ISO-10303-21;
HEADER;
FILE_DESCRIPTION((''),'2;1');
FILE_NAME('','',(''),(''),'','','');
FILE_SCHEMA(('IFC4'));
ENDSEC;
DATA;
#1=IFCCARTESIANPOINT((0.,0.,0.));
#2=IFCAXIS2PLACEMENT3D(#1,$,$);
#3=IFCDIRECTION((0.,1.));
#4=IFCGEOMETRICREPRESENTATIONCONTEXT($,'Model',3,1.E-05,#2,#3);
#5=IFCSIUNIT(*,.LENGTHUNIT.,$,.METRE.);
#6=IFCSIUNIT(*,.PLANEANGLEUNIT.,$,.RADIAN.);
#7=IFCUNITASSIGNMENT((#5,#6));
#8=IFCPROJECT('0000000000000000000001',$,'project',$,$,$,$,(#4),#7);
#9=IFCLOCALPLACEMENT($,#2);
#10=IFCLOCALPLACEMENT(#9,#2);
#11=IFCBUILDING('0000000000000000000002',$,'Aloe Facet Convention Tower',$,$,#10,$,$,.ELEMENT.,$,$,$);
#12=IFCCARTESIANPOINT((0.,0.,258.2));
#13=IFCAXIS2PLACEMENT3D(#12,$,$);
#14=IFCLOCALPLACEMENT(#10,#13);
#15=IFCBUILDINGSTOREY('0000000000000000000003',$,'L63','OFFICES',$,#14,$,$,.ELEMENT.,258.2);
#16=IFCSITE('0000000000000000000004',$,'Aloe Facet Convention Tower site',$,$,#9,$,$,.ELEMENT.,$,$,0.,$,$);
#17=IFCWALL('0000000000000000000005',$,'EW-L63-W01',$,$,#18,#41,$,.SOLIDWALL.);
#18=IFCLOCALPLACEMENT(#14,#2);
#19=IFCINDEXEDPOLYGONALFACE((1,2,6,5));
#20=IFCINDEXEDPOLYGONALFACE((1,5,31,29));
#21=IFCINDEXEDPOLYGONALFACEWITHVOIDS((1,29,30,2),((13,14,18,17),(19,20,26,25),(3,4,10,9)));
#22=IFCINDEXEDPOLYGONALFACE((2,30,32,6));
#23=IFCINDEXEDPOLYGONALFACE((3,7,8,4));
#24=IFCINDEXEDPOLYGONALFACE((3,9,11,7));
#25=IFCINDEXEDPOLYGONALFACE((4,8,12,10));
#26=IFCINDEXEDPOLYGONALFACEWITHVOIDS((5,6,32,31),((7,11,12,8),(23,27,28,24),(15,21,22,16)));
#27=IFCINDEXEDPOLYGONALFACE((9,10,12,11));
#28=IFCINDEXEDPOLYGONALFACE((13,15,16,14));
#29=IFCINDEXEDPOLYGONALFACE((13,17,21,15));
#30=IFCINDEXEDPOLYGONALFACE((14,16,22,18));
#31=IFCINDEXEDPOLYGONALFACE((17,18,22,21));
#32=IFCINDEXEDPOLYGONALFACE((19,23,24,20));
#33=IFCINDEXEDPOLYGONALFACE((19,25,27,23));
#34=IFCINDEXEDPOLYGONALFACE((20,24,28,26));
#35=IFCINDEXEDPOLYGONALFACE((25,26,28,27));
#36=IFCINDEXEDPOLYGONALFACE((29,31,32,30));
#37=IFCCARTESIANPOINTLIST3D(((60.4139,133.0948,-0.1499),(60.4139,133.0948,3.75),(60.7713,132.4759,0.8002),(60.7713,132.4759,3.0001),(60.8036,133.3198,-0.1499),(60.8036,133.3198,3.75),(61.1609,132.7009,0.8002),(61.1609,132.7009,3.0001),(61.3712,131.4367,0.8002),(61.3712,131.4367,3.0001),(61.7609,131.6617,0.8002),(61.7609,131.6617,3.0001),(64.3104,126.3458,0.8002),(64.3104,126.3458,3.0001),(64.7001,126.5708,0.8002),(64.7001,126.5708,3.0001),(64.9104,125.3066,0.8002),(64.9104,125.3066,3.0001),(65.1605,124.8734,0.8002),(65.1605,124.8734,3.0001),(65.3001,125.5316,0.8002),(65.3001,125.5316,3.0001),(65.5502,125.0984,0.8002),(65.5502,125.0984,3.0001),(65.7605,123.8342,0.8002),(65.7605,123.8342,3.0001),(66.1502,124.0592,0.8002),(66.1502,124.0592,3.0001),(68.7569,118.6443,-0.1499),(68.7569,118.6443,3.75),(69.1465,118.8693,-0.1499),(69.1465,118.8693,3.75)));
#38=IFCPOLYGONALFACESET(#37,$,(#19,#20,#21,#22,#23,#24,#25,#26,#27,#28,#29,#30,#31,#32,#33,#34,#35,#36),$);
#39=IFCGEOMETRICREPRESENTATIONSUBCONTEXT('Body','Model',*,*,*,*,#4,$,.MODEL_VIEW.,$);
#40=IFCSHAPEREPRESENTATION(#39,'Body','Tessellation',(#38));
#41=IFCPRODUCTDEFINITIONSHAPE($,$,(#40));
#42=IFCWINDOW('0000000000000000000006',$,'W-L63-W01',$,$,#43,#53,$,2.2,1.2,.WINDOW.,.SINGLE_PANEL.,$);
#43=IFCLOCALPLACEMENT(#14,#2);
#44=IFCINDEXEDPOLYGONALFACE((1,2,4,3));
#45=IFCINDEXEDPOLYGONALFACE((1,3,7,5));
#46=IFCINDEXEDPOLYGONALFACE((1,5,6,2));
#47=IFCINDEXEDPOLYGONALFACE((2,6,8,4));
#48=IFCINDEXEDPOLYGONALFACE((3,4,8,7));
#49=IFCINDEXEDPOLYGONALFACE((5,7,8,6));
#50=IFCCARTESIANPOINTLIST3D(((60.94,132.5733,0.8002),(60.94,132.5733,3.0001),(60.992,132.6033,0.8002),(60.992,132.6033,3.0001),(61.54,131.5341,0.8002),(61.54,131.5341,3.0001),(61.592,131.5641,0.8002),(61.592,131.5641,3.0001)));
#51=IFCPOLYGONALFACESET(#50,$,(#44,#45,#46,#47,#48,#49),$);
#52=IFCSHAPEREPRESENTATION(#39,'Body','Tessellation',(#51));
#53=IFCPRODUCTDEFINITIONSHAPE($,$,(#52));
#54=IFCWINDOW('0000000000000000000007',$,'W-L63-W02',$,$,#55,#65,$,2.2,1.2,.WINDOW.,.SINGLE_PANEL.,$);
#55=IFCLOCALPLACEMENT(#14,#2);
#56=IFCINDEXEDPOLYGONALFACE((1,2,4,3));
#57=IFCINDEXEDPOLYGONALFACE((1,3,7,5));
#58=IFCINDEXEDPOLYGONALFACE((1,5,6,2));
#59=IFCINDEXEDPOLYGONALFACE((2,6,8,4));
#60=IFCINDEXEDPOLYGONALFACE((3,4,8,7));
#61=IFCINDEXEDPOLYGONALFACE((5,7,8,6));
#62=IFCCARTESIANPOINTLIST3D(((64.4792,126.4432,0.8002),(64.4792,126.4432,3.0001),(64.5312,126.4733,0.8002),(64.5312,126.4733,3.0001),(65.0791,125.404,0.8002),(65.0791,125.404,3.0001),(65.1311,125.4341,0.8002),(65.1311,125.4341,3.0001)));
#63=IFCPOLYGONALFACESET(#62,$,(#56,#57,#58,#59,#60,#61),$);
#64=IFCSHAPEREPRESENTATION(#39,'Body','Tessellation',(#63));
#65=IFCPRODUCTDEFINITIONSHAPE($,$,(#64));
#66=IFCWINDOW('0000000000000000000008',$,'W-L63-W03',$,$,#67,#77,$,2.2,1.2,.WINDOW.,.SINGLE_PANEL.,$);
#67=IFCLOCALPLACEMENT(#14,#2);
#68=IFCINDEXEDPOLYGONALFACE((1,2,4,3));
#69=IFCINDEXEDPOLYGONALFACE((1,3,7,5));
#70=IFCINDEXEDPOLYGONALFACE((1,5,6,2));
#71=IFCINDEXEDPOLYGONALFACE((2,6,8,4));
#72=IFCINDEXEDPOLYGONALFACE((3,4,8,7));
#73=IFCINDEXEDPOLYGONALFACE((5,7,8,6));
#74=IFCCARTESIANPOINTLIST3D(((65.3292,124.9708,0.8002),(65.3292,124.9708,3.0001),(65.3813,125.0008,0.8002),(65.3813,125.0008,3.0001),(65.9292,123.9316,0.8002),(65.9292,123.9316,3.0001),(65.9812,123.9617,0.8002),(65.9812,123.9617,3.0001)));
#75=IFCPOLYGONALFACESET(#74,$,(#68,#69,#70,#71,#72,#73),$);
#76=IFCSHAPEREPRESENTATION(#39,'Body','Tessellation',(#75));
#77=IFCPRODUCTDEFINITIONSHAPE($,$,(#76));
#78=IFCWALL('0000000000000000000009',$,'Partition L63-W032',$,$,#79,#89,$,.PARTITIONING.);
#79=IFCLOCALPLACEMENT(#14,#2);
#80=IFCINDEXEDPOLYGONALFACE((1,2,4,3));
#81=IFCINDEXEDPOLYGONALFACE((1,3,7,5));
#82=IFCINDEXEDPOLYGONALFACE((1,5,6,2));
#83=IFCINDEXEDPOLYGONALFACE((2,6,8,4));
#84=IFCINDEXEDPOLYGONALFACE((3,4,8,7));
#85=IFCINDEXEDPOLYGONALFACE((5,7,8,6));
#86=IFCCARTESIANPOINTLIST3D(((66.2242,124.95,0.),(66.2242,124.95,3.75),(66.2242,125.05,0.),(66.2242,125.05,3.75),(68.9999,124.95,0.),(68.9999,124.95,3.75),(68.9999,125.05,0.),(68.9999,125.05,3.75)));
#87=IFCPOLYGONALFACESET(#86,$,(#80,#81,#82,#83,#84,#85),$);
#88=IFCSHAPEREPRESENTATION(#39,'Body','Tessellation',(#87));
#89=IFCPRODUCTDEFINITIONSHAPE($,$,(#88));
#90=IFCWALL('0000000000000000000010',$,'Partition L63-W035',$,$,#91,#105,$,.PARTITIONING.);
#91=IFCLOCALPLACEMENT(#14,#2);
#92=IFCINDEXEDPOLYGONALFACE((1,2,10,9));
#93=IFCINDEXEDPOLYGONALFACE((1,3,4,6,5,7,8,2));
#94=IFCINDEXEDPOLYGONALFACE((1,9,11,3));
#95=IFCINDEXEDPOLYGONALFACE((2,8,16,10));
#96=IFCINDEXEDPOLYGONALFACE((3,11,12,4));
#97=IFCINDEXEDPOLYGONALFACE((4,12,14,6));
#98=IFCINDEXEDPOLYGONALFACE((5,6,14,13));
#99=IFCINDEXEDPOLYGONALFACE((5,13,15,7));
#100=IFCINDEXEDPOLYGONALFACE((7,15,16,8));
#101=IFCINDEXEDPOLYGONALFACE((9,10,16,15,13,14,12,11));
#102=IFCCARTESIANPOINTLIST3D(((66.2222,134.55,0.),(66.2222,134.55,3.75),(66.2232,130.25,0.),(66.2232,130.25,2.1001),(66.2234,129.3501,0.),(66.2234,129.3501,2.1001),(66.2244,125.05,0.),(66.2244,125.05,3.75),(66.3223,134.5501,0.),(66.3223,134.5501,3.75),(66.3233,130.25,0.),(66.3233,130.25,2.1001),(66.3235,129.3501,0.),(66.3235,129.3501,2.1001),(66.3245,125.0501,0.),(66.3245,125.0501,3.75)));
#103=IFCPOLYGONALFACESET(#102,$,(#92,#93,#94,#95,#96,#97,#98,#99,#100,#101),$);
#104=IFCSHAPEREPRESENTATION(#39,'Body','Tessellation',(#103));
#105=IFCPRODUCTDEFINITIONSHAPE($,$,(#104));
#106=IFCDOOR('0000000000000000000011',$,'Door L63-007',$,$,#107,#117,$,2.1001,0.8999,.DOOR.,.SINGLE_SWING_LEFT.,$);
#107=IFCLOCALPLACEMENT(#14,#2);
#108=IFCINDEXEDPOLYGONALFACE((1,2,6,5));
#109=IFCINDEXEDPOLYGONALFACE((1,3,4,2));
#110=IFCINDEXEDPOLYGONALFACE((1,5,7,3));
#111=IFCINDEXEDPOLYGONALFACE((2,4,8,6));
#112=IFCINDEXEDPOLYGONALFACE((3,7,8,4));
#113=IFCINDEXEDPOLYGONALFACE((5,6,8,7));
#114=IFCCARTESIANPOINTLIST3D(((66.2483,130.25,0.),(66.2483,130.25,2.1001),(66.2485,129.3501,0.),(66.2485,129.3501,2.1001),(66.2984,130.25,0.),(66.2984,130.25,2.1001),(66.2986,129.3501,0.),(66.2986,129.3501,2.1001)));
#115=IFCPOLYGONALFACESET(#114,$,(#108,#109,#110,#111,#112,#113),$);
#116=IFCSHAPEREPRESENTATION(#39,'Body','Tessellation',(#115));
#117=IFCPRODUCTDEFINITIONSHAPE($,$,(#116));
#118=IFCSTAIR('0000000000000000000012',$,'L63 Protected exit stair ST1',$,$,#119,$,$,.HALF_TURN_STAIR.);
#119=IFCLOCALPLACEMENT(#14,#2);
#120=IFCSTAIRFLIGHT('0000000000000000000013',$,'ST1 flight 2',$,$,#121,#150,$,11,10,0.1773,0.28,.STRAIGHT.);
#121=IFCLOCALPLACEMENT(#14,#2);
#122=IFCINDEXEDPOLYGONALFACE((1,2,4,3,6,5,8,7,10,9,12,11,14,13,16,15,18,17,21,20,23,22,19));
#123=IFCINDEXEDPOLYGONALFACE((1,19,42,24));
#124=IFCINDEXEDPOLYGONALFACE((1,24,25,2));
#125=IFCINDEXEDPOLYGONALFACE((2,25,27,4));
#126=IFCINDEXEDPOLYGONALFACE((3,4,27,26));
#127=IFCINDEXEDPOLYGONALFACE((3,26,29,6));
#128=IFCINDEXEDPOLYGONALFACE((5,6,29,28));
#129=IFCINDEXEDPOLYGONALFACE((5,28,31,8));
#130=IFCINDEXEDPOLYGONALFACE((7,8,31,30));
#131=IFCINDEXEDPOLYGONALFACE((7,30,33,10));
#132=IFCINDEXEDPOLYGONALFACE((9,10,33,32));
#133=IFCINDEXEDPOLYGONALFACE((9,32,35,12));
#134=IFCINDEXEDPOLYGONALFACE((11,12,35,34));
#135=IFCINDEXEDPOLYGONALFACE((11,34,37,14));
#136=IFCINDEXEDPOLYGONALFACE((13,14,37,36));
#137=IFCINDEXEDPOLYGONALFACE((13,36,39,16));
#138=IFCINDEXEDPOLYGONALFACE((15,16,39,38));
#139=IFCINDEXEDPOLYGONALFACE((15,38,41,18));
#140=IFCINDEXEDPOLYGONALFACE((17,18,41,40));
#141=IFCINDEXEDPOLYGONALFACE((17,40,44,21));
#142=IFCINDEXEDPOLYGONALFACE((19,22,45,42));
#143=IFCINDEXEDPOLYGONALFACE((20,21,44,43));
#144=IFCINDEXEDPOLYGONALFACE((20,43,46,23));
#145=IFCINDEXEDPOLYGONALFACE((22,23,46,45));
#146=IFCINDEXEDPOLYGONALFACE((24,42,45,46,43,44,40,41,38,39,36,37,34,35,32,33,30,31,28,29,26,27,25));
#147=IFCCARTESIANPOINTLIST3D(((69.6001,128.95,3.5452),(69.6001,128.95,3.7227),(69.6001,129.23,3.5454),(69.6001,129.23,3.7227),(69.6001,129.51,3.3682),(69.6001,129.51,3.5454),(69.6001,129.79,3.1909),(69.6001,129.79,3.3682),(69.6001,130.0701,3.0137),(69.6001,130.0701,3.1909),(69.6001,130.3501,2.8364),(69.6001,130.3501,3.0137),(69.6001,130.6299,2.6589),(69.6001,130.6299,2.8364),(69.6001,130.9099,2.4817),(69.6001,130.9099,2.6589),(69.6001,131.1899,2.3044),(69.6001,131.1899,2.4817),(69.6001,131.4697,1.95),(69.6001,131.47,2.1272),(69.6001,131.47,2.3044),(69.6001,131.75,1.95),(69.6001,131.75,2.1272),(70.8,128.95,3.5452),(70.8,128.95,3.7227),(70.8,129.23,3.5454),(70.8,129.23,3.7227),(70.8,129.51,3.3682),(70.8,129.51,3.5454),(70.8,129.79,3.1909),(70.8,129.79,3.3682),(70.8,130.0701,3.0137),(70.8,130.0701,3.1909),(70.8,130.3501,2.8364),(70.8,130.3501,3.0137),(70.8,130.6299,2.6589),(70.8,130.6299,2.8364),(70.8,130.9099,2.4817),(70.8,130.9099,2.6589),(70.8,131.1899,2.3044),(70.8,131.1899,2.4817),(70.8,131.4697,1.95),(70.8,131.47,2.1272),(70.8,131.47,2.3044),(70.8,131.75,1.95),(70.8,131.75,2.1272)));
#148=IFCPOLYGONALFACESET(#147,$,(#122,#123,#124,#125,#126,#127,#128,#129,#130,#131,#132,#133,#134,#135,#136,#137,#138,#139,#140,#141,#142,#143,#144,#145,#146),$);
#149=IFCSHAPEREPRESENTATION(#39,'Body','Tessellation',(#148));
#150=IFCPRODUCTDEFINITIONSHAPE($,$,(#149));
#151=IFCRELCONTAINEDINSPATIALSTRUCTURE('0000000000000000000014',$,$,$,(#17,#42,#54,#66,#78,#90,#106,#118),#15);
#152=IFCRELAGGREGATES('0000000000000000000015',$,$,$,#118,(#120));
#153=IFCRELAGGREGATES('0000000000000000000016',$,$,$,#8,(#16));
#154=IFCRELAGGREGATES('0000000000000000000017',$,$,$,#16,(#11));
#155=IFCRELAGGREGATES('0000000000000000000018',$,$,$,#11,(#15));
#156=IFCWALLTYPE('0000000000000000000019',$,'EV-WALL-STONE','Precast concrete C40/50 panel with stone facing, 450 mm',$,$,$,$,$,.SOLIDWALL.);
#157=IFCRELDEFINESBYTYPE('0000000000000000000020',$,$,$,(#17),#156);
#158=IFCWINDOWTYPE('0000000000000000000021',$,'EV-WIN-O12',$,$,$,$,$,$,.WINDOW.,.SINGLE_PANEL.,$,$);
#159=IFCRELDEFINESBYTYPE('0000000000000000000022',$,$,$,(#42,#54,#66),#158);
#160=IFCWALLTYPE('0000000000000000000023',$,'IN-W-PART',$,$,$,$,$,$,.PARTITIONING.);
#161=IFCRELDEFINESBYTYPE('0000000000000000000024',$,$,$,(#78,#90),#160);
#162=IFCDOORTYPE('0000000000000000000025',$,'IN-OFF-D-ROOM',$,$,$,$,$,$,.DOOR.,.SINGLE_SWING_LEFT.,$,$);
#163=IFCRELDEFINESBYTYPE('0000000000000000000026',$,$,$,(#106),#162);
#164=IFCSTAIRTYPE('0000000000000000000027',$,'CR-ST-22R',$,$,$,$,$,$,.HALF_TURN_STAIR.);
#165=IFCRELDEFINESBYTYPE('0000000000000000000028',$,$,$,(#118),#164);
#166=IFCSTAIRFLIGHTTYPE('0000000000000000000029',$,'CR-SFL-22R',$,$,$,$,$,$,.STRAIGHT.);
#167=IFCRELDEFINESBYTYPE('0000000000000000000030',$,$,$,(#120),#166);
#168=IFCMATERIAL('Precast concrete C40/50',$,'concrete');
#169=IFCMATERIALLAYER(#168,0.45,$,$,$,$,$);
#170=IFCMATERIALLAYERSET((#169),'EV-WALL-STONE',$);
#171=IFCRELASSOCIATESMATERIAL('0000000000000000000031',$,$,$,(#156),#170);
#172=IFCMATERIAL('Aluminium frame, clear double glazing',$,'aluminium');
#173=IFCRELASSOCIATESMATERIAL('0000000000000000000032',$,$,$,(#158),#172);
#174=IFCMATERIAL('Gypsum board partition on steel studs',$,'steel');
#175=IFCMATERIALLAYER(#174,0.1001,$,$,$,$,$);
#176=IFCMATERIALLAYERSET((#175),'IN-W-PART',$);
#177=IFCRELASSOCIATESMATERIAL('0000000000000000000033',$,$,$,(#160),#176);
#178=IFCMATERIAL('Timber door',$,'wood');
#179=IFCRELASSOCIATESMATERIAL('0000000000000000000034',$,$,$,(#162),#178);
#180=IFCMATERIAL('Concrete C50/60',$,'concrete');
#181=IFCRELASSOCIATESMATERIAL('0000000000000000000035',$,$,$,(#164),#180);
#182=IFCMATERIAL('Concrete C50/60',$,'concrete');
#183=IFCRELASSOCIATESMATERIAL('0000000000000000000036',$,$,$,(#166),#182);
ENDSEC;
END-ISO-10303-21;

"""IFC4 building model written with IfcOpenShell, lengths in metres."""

from ifc_helpers import new_model, si_unit, direction, frame, frame_2d, origin, place, context, subcontext, project, spatial, polyline, rectangle, outline, extrude, material, layer, layer_set, type_object, element, fill, aggregate, save


model = new_model("IFC4")

# Units and contexts
model_context = context("Model", 3, precision=1e-05, world=origin(), true_north=direction((0.0, 1.0)))
body_context = subcontext(model_context, "Body", "Model", "MODEL_VIEW")
ifc_project = project(units=[si_unit("LENGTHUNIT", "METRE"), si_unit("PLANEANGLEUNIT", "RADIAN")], contexts=[model_context])

# Site, building, storey
site_placement = place(None, origin())
site = spatial("IfcSite", under=ifc_project, at=site_placement, Name="Aloe Facet Convention Tower site", CompositionType="ELEMENT", RefElevation=0.0)
building_placement = place(site_placement, origin())
building = spatial("IfcBuilding", under=site, at=building_placement, Name="Aloe Facet Convention Tower", CompositionType="ELEMENT")
storey_placement = place(building_placement, frame((0.0, 0.0, 258.2)))
storey = spatial("IfcBuildingStorey", under=building, at=storey_placement, Name="L63", Description="OFFICES", CompositionType="ELEMENT", Elevation=258.2)

# Wall, openings, windows
ifc_material_1 = material(Name="Precast concrete C40/50", Category="concrete")
ifc_layer_1 = layer(ifc_material_1, 0.45)
ifc_layer_set_1 = layer_set([ifc_layer_1], Name="EV-WALL-STONE")
wall_type_1 = type_object("IfcWallType", Name="EV-WALL-STONE", Description="Precast concrete C40/50 panel with stone facing, 450 mm", PredefinedType="SOLIDWALL", material=ifc_layer_set_1)
wall_1_placement = place(storey_placement, frame((60.6086, 133.2073, -0.1499), z_axis=(0.0, 0.0, 1.0), x_axis=(0.499996, -0.866028, 0.0)))
wall_1 = element("IfcWall", 1, at=wall_1_placement, inside=storey, type_object=wall_type_1, Name="EW-L63-W01", PredefinedType="SOLIDWALL", context=body_context, shape_type="SweptSolid", body=[
    extrude(outline(polyline([(0.0, 0.0), (0.0, 3.8999), (16.686, 3.8999), (16.686, 0.0), (0.0, 0.0)])), frame((0.0, 0.2251, 0.0), z_axis=(0.0, -1.0, 0.0), x_axis=(1.0, 0.0, 0.0)), (0.0, 0.0, 1.0), 0.45),
])
opening_1_placement = place(wall_1_placement, frame((0.7146, 0.0, 0.95)))
opening_1 = element("IfcOpeningElement", 2, at=opening_1_placement, cuts=wall_1, PredefinedType="OPENING", context=body_context, shape_type="SweptSolid", body=[
    extrude(rectangle(XDim=1.2, YDim=2.2, at=frame_2d((0.6001, 1.1001))), frame((0.0, 0.2349, 0.0), z_axis=(0.0, -1.0, 0.0), x_axis=(1.0, 0.0, 0.0)), (0.0, 0.0, 1.0), 0.47),
])
opening_2_placement = place(wall_1_placement, frame((7.793, 0.0, 0.95)))
opening_2 = element("IfcOpeningElement", 3, at=opening_2_placement, cuts=wall_1, PredefinedType="OPENING", context=body_context, shape_type="SweptSolid", body=[
    extrude(rectangle(XDim=1.2, YDim=2.2, at=frame_2d((0.6001, 1.1001))), frame((0.0, 0.2349, 0.0), z_axis=(0.0, -1.0, 0.0), x_axis=(1.0, 0.0, 0.0)), (0.0, 0.0, 1.0), 0.47),
])
opening_3_placement = place(wall_1_placement, frame((9.4932, 0.0, 0.95)))
opening_3 = element("IfcOpeningElement", 4, at=opening_3_placement, cuts=wall_1, PredefinedType="OPENING", context=body_context, shape_type="SweptSolid", body=[
    extrude(rectangle(XDim=1.2, YDim=2.2, at=frame_2d((0.6001, 1.1001))), frame((0.0, 0.2349, 0.0), z_axis=(0.0, -1.0, 0.0), x_axis=(1.0, 0.0, 0.0)), (0.0, 0.0, 1.0), 0.47),
])
ifc_material_2 = material(Name="Aluminium frame, clear double glazing", Category="aluminium")
window_type = type_object("IfcWindowType", Name="EV-WIN-O12", PartitioningType="SINGLE_PANEL", PredefinedType="WINDOW", material=ifc_material_2)
window_1_placement = place(opening_1_placement, origin())
window_1 = element("IfcWindow", 5, at=window_1_placement, inside=storey, type_object=window_type, Name="W-L63-W01", OverallHeight=2.2, OverallWidth=1.2, PartitioningType="SINGLE_PANEL", PredefinedType="WINDOW", context=body_context, shape_type="SweptSolid", body=[
    extrude(rectangle(XDim=1.2, YDim=2.2, at=frame_2d((0.6001, 1.1001))), frame((0.0, 0.03, 0.0), z_axis=(0.0, -1.0, 0.0), x_axis=(1.0, 0.0, 0.0)), (0.0, 0.0, 1.0), 0.0601),
])
fill(opening_1, window_1)
window_2_placement = place(opening_2_placement, origin())
window_2 = element("IfcWindow", 6, at=window_2_placement, inside=storey, type_object=window_type, Name="W-L63-W02", OverallHeight=2.2, OverallWidth=1.2, PartitioningType="SINGLE_PANEL", PredefinedType="WINDOW", context=body_context, shape_type="SweptSolid", body=[
    extrude(rectangle(XDim=1.2, YDim=2.2, at=frame_2d((0.6001, 1.1001))), frame((0.0, 0.03, 0.0), z_axis=(0.0, -1.0, 0.0), x_axis=(1.0, 0.0, 0.0)), (0.0, 0.0, 1.0), 0.0601),
])
fill(opening_2, window_2)
window_3_placement = place(opening_3_placement, origin())
window_3 = element("IfcWindow", 7, at=window_3_placement, inside=storey, type_object=window_type, Name="W-L63-W03", OverallHeight=2.2, OverallWidth=1.2, PartitioningType="SINGLE_PANEL", PredefinedType="WINDOW", context=body_context, shape_type="SweptSolid", body=[
    extrude(rectangle(XDim=1.2, YDim=2.2, at=frame_2d((0.6001, 1.1001))), frame((0.0, 0.03, 0.0), z_axis=(0.0, -1.0, 0.0), x_axis=(1.0, 0.0, 0.0)), (0.0, 0.0, 1.0), 0.0601),
])
fill(opening_3, window_3)

# Wall
ifc_material_3 = material(Name="Gypsum board partition on steel studs", Category="steel")
ifc_layer_2 = layer(ifc_material_3, 0.1001)
ifc_layer_set_2 = layer_set([ifc_layer_2], Name="IN-W-PART")
wall_type_2 = type_object("IfcWallType", Name="IN-W-PART", PredefinedType="PARTITIONING", material=ifc_layer_set_2)
wall_2_placement = place(storey_placement, frame((66.2244, 125.0, 0.0), z_axis=(0.0, 0.0, 1.0), x_axis=(1.0, 0.0, 0.0)))
element("IfcWall", 8, at=wall_2_placement, inside=storey, type_object=wall_type_2, Name="Partition L63-W032", PredefinedType="PARTITIONING", context=body_context, shape_type="SweptSolid", body=[
    extrude(rectangle(XDim=2.7756, YDim=0.1001, at=frame_2d((1.3877, 0.0))), origin(), (0.0, 0.0, 1.0), 3.75),
])

# Wall, opening, door
wall_3_placement = place(storey_placement, frame((66.2744, 125.05, 0.0), z_axis=(0.0, 0.0, 1.0), x_axis=(-0.000231, 1.0, 0.0)))
wall_3 = element("IfcWall", 9, at=wall_3_placement, inside=storey, type_object=wall_type_2, Name="Partition L63-W035", PredefinedType="PARTITIONING", context=body_context, shape_type="SweptSolid", body=[
    extrude(rectangle(XDim=9.5, YDim=0.1001, at=frame_2d((4.75, 0.0))), origin(), (0.0, 0.0, 1.0), 3.75),
])
opening_4_placement = place(wall_3_placement, frame((4.3, 0.0, 0.0)))
opening_4 = element("IfcOpeningElement", 10, at=opening_4_placement, cuts=wall_3, PredefinedType="OPENING", context=body_context, shape_type="SweptSolid", body=[
    extrude(rectangle(XDim=0.8999, YDim=2.1001, at=frame_2d((0.45, 1.05))), frame((0.0, 0.0601, 0.0), z_axis=(0.0, -1.0, 0.0), x_axis=(1.0, 0.0, 0.0)), (0.0, 0.0, 1.0), 0.1201),
])
ifc_material_4 = material(Name="Timber door", Category="wood")
door_type_1 = type_object("IfcDoorType", Name="IN-OFF-D-ROOM", OperationType="SINGLE_SWING_LEFT", PredefinedType="DOOR", material=ifc_material_4)
door_1_placement = place(opening_4_placement, origin())
door_1 = element("IfcDoor", 11, at=door_1_placement, inside=storey, type_object=door_type_1, Name="Door L63-007", OperationType="SINGLE_SWING_LEFT", OverallHeight=2.1001, OverallWidth=0.8999, PredefinedType="DOOR", context=body_context, shape_type="SweptSolid", body=[
    extrude(rectangle(XDim=0.8999, YDim=2.1001, at=frame_2d((0.45, 1.05))), frame((0.0, 0.0249, 0.0), z_axis=(0.0, -1.0, 0.0), x_axis=(1.0, 0.0, 0.0)), (0.0, 0.0, 1.0), 0.05),
])
fill(opening_4, door_1)

# Stair, stair flight
ifc_material_5 = material(Name="Concrete C50/60", Category="concrete")
stair_type = type_object("IfcStairType", Name="CR-ST-22R", PredefinedType="HALF_TURN_STAIR", material=ifc_material_5)
stair_placement = place(storey_placement, origin())
stair = element("IfcStair", 12, at=stair_placement, inside=storey, type_object=stair_type, Name="L63 Protected exit stair ST1", PredefinedType="HALF_TURN_STAIR")
ifc_material_6 = material(Name="Concrete C50/60", Category="concrete")
stair_flight_type = type_object("IfcStairFlightType", Name="CR-SFL-22R", PredefinedType="STRAIGHT", material=ifc_material_6)
stair_flight_placement = place(storey_placement, frame((70.2, 131.75, 1.95), z_axis=(0.0, 0.0, 1.0), x_axis=(0.0, -1.0, 0.0)))
stair_flight = element("IfcStairFlight", 13, at=stair_flight_placement, type_object=stair_flight_type, Name="ST1 flight 2", NumberOfRisers=11, NumberOfTreads=10, PredefinedType="STRAIGHT", RiserHeight=0.1773, TreadLength=0.28, context=body_context, shape_type="SweptSolid", body=[
    extrude(outline(polyline([(0.0, 0.0), (0.0, 0.1772), (0.28, 0.1772), (0.28, 0.3545), (0.5601, 0.3545), (0.5601, 0.5317), (0.8401, 0.5317), (0.8401, 0.709), (1.1201, 0.709), (1.1201, 0.8865), (1.3999, 0.8865), (1.3999, 1.0637), (1.6799, 1.0637), (1.6799, 1.241), (1.96, 1.241), (1.96, 1.4182), (2.24, 1.4182), (2.24, 1.5955), (2.52, 1.5955), (2.52, 1.7727), (2.8, 1.7727), (2.8, 1.95), (2.8, 1.5952), (0.2803, 0.0), (0.0, 0.0)])), frame((0.0, 0.6001, 0.0), z_axis=(0.0, -1.0, 0.0), x_axis=(1.0, 0.0, 0.0)), (0.0, 0.0, 1.0), 1.2),
])
aggregate(stair, [stair_flight])

save(model, "model.ifc")
